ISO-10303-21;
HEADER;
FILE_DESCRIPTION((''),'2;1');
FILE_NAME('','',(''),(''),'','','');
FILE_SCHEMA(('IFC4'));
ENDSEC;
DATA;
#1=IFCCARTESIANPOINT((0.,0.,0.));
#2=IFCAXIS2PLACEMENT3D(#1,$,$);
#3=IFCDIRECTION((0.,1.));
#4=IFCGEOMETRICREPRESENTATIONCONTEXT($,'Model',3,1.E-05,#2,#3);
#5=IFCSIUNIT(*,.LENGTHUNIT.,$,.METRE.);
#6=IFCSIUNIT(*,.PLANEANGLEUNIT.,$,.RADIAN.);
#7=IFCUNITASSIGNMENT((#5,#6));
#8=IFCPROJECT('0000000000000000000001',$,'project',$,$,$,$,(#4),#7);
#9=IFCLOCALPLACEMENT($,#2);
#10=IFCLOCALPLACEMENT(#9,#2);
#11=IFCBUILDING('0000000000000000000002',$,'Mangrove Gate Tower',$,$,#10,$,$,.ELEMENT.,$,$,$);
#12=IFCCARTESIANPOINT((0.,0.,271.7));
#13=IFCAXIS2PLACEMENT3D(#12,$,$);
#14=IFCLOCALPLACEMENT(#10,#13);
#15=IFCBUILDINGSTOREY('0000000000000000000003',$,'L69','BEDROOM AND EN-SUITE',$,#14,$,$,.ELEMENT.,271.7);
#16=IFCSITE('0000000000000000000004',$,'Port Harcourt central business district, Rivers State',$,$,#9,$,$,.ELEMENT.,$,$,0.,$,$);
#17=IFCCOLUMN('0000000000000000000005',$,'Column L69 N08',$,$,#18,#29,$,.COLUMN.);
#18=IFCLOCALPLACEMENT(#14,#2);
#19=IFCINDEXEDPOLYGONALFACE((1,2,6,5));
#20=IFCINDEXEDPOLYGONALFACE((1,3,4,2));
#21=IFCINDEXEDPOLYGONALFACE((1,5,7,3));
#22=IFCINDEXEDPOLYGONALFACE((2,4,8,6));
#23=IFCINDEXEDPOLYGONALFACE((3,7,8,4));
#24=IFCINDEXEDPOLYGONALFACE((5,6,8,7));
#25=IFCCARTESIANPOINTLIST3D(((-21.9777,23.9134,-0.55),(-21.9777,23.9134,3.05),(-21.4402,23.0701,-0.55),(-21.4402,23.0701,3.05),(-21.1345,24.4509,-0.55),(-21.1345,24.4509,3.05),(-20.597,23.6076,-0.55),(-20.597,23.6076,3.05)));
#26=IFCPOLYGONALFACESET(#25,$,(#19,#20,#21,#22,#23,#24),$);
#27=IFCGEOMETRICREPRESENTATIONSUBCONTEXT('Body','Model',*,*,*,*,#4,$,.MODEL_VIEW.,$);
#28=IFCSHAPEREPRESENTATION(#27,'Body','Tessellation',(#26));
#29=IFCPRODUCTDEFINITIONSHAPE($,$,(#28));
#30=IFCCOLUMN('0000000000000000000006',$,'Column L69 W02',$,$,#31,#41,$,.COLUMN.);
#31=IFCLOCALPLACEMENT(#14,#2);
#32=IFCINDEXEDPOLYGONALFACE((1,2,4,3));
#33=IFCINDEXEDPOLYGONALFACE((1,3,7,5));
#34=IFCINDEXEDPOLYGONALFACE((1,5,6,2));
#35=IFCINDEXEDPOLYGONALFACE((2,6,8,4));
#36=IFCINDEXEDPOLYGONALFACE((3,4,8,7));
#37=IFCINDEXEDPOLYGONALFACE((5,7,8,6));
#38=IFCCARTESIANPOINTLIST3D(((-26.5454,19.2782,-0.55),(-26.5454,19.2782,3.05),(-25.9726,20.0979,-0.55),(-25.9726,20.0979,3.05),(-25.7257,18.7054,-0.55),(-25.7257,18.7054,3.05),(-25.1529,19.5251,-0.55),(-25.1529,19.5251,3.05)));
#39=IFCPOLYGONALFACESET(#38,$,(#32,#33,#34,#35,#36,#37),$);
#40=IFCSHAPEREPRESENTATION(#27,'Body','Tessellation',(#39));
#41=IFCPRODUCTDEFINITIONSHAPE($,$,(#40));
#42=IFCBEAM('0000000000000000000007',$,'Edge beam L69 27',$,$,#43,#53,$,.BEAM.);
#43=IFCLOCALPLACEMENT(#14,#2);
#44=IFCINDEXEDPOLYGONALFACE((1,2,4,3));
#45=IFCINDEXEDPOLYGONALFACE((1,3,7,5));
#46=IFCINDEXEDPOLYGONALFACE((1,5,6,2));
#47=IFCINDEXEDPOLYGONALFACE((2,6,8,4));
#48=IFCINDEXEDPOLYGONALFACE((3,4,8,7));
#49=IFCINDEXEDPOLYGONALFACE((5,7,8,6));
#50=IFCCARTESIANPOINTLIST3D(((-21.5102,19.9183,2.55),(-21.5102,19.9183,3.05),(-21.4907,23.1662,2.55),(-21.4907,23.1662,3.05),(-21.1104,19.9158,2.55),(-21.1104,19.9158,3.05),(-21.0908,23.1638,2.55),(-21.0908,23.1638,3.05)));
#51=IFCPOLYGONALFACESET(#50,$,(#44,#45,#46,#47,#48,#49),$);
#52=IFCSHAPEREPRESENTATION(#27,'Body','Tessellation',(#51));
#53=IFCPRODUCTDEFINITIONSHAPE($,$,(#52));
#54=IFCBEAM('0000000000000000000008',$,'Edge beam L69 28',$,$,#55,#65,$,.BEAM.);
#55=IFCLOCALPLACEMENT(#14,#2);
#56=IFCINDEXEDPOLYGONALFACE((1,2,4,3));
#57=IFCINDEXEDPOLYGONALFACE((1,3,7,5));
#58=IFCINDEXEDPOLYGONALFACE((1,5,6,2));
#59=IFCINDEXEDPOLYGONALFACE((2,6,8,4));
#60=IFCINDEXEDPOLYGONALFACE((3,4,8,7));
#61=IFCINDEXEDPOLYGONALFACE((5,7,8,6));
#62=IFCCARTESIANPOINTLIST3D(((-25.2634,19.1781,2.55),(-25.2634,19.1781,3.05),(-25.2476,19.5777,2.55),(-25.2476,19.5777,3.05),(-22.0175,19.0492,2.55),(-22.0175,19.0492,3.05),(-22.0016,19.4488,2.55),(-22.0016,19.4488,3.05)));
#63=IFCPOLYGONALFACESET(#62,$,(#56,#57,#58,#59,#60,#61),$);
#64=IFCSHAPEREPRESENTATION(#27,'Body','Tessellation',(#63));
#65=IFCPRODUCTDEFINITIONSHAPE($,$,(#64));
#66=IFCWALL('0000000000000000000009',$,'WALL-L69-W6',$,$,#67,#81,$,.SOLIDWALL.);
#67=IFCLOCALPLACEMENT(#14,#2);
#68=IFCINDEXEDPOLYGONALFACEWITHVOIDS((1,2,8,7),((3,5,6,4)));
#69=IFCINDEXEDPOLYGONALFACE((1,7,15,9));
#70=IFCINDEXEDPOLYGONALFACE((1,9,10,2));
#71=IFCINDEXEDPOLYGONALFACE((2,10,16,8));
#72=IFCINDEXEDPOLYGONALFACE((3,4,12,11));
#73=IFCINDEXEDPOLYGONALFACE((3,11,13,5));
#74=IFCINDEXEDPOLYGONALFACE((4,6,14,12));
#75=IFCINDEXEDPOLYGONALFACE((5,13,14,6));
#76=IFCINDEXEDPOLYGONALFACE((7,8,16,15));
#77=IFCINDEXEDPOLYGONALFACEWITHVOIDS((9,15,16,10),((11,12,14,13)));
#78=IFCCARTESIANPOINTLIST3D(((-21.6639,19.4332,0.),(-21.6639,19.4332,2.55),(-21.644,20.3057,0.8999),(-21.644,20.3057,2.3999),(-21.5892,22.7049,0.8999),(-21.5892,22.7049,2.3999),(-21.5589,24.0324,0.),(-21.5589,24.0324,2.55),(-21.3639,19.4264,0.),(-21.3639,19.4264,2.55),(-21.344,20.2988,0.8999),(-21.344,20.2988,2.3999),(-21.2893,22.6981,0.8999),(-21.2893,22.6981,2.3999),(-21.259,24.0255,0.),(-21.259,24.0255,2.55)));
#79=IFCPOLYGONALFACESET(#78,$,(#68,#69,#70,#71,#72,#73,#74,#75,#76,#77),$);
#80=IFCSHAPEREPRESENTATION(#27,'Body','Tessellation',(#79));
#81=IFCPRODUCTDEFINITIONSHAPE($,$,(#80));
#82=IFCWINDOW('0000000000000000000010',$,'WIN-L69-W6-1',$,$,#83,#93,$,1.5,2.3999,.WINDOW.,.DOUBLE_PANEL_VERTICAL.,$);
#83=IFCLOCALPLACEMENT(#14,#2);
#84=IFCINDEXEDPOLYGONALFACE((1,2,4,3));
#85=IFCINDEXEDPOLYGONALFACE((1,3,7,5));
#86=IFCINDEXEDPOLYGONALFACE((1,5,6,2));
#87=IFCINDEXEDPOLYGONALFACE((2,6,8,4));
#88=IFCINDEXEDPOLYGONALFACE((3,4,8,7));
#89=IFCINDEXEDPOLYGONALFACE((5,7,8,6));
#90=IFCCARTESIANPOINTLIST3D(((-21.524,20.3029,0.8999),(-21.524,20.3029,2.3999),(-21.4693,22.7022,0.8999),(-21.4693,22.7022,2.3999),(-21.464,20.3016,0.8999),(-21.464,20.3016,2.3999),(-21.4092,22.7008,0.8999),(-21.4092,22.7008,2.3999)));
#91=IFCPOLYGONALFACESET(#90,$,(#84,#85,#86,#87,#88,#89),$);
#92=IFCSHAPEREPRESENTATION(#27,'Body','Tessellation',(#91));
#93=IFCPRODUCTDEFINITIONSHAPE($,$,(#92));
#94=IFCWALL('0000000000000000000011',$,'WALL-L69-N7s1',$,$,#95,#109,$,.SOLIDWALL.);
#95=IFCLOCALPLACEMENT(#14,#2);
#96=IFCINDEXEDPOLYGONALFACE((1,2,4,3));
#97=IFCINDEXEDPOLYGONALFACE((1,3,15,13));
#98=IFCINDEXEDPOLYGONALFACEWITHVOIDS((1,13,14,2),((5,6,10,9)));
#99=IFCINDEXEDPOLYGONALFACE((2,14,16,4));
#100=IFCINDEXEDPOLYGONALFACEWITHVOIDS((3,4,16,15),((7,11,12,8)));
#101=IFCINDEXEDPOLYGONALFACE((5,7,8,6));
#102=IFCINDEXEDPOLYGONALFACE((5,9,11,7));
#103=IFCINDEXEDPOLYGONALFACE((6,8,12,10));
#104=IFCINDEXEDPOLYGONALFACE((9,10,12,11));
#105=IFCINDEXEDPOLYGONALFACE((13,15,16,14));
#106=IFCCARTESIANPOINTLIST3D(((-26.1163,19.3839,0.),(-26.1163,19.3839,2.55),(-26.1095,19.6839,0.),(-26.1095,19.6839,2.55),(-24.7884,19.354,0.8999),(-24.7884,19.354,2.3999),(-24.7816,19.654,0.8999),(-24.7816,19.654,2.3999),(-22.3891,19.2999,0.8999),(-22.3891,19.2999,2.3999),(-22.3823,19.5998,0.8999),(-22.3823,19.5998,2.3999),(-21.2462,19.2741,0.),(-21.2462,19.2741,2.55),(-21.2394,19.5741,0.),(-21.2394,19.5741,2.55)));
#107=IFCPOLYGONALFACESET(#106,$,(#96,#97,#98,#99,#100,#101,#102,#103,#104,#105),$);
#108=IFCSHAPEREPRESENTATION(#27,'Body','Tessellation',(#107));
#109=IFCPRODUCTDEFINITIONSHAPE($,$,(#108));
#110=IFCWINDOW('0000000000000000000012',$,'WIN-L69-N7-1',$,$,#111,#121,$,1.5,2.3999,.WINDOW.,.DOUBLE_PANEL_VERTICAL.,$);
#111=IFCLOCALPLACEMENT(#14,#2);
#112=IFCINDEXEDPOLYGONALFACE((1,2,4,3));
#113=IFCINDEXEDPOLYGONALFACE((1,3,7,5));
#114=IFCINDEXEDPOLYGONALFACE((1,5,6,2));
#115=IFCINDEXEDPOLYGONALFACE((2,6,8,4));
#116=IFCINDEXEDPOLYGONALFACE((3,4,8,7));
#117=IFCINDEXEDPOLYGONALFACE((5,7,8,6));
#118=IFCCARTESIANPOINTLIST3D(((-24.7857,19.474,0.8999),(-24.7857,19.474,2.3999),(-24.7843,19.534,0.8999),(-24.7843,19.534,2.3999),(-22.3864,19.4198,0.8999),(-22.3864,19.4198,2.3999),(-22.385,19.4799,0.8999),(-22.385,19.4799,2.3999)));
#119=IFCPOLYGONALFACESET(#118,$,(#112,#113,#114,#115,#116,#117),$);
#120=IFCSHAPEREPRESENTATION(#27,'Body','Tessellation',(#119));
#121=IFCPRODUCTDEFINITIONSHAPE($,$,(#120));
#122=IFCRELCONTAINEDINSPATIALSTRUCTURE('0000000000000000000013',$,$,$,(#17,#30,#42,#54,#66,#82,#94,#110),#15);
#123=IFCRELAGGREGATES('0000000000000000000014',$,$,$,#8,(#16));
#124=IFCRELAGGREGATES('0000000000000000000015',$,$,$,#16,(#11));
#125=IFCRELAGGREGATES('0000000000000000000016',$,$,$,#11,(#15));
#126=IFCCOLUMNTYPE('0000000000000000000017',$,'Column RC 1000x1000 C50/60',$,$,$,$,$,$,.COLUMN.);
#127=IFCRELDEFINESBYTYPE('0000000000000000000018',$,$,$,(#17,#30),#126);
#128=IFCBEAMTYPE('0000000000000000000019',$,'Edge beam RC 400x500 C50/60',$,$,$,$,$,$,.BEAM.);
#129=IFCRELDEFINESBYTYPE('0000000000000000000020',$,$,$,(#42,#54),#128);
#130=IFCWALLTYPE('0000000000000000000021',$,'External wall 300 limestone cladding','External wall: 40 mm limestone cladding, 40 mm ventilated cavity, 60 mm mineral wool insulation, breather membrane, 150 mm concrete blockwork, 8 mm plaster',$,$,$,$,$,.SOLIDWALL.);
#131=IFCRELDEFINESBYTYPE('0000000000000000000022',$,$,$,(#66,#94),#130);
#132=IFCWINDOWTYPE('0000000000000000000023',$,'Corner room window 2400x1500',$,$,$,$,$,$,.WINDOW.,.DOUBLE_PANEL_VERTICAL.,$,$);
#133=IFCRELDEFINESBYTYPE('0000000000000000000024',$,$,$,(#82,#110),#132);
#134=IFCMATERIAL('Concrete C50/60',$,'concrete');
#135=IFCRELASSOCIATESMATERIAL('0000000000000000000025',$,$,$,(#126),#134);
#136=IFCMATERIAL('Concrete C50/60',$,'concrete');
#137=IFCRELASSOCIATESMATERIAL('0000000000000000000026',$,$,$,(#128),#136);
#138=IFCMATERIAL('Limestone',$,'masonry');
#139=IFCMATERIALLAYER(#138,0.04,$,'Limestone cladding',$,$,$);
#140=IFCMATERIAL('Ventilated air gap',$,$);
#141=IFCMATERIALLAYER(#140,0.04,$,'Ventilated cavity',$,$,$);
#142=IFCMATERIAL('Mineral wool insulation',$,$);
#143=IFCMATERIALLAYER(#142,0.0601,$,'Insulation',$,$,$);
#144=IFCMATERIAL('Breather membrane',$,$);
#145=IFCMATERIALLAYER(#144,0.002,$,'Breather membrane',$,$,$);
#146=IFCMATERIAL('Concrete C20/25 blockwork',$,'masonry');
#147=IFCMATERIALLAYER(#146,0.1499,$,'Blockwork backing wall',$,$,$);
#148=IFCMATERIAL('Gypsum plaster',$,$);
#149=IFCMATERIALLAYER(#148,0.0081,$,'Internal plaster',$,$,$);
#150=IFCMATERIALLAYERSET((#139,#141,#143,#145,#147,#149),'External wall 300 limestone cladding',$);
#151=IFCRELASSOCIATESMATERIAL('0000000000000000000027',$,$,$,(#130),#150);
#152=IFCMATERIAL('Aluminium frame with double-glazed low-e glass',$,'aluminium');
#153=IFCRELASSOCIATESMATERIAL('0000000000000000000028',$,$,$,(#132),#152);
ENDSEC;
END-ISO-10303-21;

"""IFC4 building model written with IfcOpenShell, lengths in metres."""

from ifc_helpers import new_model, si_unit, direction, frame, frame_2d, origin, origin_2d, place, context, subcontext, project, spatial, rectangle, extrude, material, layer, layer_set, material_profile, profile_set, type_object, element, fill, save


model = new_model("IFC4")

# Units and contexts
model_context = context("Model", 3, precision=1e-05, world=origin(), true_north=direction((0.0, 1.0)))
body_context = subcontext(model_context, "Body", "Model", "MODEL_VIEW")
ifc_project = project(units=[si_unit("LENGTHUNIT", "METRE"), si_unit("PLANEANGLEUNIT", "RADIAN")], contexts=[model_context])

# Site, building, storey
site_placement = place(None, origin())
site = spatial("IfcSite", under=ifc_project, at=site_placement, Name="Port Harcourt central business district, Rivers State", CompositionType="ELEMENT", RefElevation=0.0)
building_placement = place(site_placement, origin())
building = spatial("IfcBuilding", under=site, at=building_placement, Name="Mangrove Gate Tower", CompositionType="ELEMENT")
storey_placement = place(building_placement, frame((0.0, 0.0, 271.7)))
storey = spatial("IfcBuildingStorey", under=building, at=storey_placement, Name="L69", Description="BEDROOM AND EN-SUITE", CompositionType="ELEMENT", Elevation=271.7)

# Columns
ifc_material_1 = material(Name="Concrete C50/60", Category="concrete")
ifc_material_profile_1 = material_profile(ifc_material_1, rectangle(XDim=1.0, YDim=1.0, at=origin_2d()))
ifc_profile_set_1 = profile_set([ifc_material_profile_1], Name="Concrete C50/60")
column_type = type_object("IfcColumnType", Name="Column RC 1000x1000 C50/60", PredefinedType="COLUMN", material=ifc_profile_set_1)
for number, where, z_axis, x_axis, name in (
    (1, (-21.2874, 23.7605, -0.55), (0.0, 0.0, 1.0), (-0.843248, -0.537525, 0.0), "Column L69 N08"),
    (2, (-25.8491, 19.4016, -0.55), (0.0, 0.0, 1.0), (-0.572799, -0.819696, 0.0), "Column L69 W02"),
):
    element("IfcColumn", number, at=place(storey_placement, frame(where, z_axis=z_axis, x_axis=x_axis)), inside=storey, type_object=column_type, Name=name, PredefinedType="COLUMN", context=body_context, shape_type="SweptSolid", body=[
        extrude(rectangle(XDim=1.0, YDim=1.0, at=origin_2d()), origin(), (0.0, 0.0, 1.0), 3.6001),
    ])

# Beams
ifc_material_2 = material(Name="Concrete C50/60", Category="concrete")
ifc_material_profile_2 = material_profile(ifc_material_2, rectangle(XDim=0.3999, YDim=0.5, at=origin_2d()))
ifc_profile_set_2 = profile_set([ifc_material_profile_2], Name="Concrete C50/60")
beam_type = type_object("IfcBeamType", Name="Edge beam RC 400x500 C50/60", PredefinedType="BEAM", material=ifc_profile_set_2)
beam_1_placement = place(storey_placement, frame((-21.2908, 23.165, 2.8), z_axis=(-0.006013, -0.999982, 0.0), x_axis=(0.999982, -0.006013, 0.0)))
element("IfcBeam", 3, at=beam_1_placement, inside=storey, type_object=beam_type, Name="Edge beam L69 27", PredefinedType="BEAM", context=body_context, shape_type="SweptSolid", body=[
    extrude(rectangle(XDim=0.3999, YDim=0.5, at=origin_2d()), origin(), (0.0, 0.0, 1.0), 3.248),
])
beam_2_placement = place(storey_placement, frame((-22.0095, 19.249, 2.8), z_axis=(-0.999212, 0.03968, 0.0), x_axis=(-0.03968, -0.999212, 0.0)))
element("IfcBeam", 4, at=beam_2_placement, inside=storey, type_object=beam_type, Name="Edge beam L69 28", PredefinedType="BEAM", context=body_context, shape_type="SweptSolid", body=[
    extrude(rectangle(XDim=0.3999, YDim=0.5, at=origin_2d()), origin(), (0.0, 0.0, 1.0), 3.2485),
])

# Walls, openings, windows
ifc_material_3 = material(Name="Limestone", Category="masonry")
ifc_layer_1 = layer(ifc_material_3, 0.04, Name="Limestone cladding")
ifc_material_4 = material(Name="Ventilated air gap")
ifc_layer_2 = layer(ifc_material_4, 0.04, Name="Ventilated cavity")
ifc_material_5 = material(Name="Mineral wool insulation")
ifc_layer_3 = layer(ifc_material_5, 0.0601, Name="Insulation")
ifc_material_6 = material(Name="Breather membrane")
ifc_layer_4 = layer(ifc_material_6, 0.002, Name="Breather membrane")
ifc_material_7 = material(Name="Concrete C20/25 blockwork", Category="masonry")
ifc_layer_5 = layer(ifc_material_7, 0.1499, Name="Blockwork backing wall")
ifc_material_8 = material(Name="Gypsum plaster")
ifc_layer_6 = layer(ifc_material_8, 0.0081, Name="Internal plaster")
ifc_layer_set = layer_set([ifc_layer_1, ifc_layer_2, ifc_layer_3, ifc_layer_4, ifc_layer_5, ifc_layer_6], Name="External wall 300 limestone cladding")
wall_type = type_object("IfcWallType", Name="External wall 300 limestone cladding", Description="External wall: 40 mm limestone cladding, 40 mm ventilated cavity, 60 mm mineral wool insulation, breather membrane, 150 mm concrete blockwork, 8 mm plaster", PredefinedType="SOLIDWALL", material=ifc_layer_set)
wall_1_placement = place(storey_placement, frame((-21.4089, 24.0291, 0.0), z_axis=(0.0, 0.0, 1.0), x_axis=(-0.02282, -0.99974, 0.0)))
wall_1 = element("IfcWall", 5, at=wall_1_placement, inside=storey, type_object=wall_type, Name="WALL-L69-W6", PredefinedType="SOLIDWALL", context=body_context, shape_type="SweptSolid", body=[
    extrude(rectangle(XDim=4.6003, YDim=0.3, at=frame_2d((2.3003, 0.0))), origin(), (0.0, 0.0, 1.0), 2.55),
])
opening_1_placement = place(wall_1_placement, frame((1.3279, 0.0, 0.8999)))
opening_1 = element("IfcOpeningElement", 6, at=opening_1_placement, cuts=wall_1, PredefinedType="OPENING", context=body_context, shape_type="SweptSolid", body=[
    extrude(rectangle(XDim=2.3999, YDim=1.5, at=frame_2d((1.2, 0.75))), frame((0.0, 0.1599, 0.0), z_axis=(0.0, -1.0, 0.0), x_axis=(1.0, 0.0, 0.0)), (0.0, 0.0, 1.0), 0.3201),
])
ifc_material_9 = material(Name="Aluminium frame with double-glazed low-e glass", Category="aluminium")
window_type = type_object("IfcWindowType", Name="Corner room window 2400x1500", PartitioningType="DOUBLE_PANEL_VERTICAL", PredefinedType="WINDOW", material=ifc_material_9)
window_1_placement = place(opening_1_placement, origin())
window_1 = element("IfcWindow", 7, at=window_1_placement, inside=storey, type_object=window_type, Name="WIN-L69-W6-1", OverallHeight=1.5, OverallWidth=2.3999, PartitioningType="DOUBLE_PANEL_VERTICAL", PredefinedType="WINDOW", context=body_context, shape_type="SweptSolid", body=[
    extrude(rectangle(XDim=2.3999, YDim=1.5, at=frame_2d((1.2, 0.75))), frame((0.0, 0.03, 0.0), z_axis=(0.0, -1.0, 0.0), x_axis=(1.0, 0.0, 0.0)), (0.0, 0.0, 1.0), 0.0601),
])
fill(opening_1, window_1)
wall_2_placement = place(storey_placement, frame((-21.2429, 19.4241, 0.0), z_axis=(0.0, 0.0, 1.0), x_axis=(-0.999746, 0.022553, 0.0)))
wall_2 = element("IfcWall", 8, at=wall_2_placement, inside=storey, type_object=wall_type, Name="WALL-L69-N7s1", PredefinedType="SOLIDWALL", context=body_context, shape_type="SweptSolid", body=[
    extrude(rectangle(XDim=4.8713, YDim=0.3, at=frame_2d((2.4355, 0.0))), origin(), (0.0, 0.0, 1.0), 2.55),
])
opening_2_placement = place(wall_2_placement, frame((1.1431, 0.0, 0.8999)))
opening_2 = element("IfcOpeningElement", 9, at=opening_2_placement, cuts=wall_2, PredefinedType="OPENING", context=body_context, shape_type="SweptSolid", body=[
    extrude(rectangle(XDim=2.3999, YDim=1.5, at=frame_2d((1.2, 0.75))), frame((0.0, 0.1599, 0.0), z_axis=(0.0, -1.0, 0.0), x_axis=(1.0, 0.0, 0.0)), (0.0, 0.0, 1.0), 0.3201),
])
window_2_placement = place(opening_2_placement, origin())
window_2 = element("IfcWindow", 10, at=window_2_placement, inside=storey, type_object=window_type, Name="WIN-L69-N7-1", OverallHeight=1.5, OverallWidth=2.3999, PartitioningType="DOUBLE_PANEL_VERTICAL", PredefinedType="WINDOW", context=body_context, shape_type="SweptSolid", body=[
    extrude(rectangle(XDim=2.3999, YDim=1.5, at=frame_2d((1.2, 0.75))), frame((0.0, 0.03, 0.0), z_axis=(0.0, -1.0, 0.0), x_axis=(1.0, 0.0, 0.0)), (0.0, 0.0, 1.0), 0.0601),
])
fill(opening_2, window_2)

save(model, "model.ifc")
